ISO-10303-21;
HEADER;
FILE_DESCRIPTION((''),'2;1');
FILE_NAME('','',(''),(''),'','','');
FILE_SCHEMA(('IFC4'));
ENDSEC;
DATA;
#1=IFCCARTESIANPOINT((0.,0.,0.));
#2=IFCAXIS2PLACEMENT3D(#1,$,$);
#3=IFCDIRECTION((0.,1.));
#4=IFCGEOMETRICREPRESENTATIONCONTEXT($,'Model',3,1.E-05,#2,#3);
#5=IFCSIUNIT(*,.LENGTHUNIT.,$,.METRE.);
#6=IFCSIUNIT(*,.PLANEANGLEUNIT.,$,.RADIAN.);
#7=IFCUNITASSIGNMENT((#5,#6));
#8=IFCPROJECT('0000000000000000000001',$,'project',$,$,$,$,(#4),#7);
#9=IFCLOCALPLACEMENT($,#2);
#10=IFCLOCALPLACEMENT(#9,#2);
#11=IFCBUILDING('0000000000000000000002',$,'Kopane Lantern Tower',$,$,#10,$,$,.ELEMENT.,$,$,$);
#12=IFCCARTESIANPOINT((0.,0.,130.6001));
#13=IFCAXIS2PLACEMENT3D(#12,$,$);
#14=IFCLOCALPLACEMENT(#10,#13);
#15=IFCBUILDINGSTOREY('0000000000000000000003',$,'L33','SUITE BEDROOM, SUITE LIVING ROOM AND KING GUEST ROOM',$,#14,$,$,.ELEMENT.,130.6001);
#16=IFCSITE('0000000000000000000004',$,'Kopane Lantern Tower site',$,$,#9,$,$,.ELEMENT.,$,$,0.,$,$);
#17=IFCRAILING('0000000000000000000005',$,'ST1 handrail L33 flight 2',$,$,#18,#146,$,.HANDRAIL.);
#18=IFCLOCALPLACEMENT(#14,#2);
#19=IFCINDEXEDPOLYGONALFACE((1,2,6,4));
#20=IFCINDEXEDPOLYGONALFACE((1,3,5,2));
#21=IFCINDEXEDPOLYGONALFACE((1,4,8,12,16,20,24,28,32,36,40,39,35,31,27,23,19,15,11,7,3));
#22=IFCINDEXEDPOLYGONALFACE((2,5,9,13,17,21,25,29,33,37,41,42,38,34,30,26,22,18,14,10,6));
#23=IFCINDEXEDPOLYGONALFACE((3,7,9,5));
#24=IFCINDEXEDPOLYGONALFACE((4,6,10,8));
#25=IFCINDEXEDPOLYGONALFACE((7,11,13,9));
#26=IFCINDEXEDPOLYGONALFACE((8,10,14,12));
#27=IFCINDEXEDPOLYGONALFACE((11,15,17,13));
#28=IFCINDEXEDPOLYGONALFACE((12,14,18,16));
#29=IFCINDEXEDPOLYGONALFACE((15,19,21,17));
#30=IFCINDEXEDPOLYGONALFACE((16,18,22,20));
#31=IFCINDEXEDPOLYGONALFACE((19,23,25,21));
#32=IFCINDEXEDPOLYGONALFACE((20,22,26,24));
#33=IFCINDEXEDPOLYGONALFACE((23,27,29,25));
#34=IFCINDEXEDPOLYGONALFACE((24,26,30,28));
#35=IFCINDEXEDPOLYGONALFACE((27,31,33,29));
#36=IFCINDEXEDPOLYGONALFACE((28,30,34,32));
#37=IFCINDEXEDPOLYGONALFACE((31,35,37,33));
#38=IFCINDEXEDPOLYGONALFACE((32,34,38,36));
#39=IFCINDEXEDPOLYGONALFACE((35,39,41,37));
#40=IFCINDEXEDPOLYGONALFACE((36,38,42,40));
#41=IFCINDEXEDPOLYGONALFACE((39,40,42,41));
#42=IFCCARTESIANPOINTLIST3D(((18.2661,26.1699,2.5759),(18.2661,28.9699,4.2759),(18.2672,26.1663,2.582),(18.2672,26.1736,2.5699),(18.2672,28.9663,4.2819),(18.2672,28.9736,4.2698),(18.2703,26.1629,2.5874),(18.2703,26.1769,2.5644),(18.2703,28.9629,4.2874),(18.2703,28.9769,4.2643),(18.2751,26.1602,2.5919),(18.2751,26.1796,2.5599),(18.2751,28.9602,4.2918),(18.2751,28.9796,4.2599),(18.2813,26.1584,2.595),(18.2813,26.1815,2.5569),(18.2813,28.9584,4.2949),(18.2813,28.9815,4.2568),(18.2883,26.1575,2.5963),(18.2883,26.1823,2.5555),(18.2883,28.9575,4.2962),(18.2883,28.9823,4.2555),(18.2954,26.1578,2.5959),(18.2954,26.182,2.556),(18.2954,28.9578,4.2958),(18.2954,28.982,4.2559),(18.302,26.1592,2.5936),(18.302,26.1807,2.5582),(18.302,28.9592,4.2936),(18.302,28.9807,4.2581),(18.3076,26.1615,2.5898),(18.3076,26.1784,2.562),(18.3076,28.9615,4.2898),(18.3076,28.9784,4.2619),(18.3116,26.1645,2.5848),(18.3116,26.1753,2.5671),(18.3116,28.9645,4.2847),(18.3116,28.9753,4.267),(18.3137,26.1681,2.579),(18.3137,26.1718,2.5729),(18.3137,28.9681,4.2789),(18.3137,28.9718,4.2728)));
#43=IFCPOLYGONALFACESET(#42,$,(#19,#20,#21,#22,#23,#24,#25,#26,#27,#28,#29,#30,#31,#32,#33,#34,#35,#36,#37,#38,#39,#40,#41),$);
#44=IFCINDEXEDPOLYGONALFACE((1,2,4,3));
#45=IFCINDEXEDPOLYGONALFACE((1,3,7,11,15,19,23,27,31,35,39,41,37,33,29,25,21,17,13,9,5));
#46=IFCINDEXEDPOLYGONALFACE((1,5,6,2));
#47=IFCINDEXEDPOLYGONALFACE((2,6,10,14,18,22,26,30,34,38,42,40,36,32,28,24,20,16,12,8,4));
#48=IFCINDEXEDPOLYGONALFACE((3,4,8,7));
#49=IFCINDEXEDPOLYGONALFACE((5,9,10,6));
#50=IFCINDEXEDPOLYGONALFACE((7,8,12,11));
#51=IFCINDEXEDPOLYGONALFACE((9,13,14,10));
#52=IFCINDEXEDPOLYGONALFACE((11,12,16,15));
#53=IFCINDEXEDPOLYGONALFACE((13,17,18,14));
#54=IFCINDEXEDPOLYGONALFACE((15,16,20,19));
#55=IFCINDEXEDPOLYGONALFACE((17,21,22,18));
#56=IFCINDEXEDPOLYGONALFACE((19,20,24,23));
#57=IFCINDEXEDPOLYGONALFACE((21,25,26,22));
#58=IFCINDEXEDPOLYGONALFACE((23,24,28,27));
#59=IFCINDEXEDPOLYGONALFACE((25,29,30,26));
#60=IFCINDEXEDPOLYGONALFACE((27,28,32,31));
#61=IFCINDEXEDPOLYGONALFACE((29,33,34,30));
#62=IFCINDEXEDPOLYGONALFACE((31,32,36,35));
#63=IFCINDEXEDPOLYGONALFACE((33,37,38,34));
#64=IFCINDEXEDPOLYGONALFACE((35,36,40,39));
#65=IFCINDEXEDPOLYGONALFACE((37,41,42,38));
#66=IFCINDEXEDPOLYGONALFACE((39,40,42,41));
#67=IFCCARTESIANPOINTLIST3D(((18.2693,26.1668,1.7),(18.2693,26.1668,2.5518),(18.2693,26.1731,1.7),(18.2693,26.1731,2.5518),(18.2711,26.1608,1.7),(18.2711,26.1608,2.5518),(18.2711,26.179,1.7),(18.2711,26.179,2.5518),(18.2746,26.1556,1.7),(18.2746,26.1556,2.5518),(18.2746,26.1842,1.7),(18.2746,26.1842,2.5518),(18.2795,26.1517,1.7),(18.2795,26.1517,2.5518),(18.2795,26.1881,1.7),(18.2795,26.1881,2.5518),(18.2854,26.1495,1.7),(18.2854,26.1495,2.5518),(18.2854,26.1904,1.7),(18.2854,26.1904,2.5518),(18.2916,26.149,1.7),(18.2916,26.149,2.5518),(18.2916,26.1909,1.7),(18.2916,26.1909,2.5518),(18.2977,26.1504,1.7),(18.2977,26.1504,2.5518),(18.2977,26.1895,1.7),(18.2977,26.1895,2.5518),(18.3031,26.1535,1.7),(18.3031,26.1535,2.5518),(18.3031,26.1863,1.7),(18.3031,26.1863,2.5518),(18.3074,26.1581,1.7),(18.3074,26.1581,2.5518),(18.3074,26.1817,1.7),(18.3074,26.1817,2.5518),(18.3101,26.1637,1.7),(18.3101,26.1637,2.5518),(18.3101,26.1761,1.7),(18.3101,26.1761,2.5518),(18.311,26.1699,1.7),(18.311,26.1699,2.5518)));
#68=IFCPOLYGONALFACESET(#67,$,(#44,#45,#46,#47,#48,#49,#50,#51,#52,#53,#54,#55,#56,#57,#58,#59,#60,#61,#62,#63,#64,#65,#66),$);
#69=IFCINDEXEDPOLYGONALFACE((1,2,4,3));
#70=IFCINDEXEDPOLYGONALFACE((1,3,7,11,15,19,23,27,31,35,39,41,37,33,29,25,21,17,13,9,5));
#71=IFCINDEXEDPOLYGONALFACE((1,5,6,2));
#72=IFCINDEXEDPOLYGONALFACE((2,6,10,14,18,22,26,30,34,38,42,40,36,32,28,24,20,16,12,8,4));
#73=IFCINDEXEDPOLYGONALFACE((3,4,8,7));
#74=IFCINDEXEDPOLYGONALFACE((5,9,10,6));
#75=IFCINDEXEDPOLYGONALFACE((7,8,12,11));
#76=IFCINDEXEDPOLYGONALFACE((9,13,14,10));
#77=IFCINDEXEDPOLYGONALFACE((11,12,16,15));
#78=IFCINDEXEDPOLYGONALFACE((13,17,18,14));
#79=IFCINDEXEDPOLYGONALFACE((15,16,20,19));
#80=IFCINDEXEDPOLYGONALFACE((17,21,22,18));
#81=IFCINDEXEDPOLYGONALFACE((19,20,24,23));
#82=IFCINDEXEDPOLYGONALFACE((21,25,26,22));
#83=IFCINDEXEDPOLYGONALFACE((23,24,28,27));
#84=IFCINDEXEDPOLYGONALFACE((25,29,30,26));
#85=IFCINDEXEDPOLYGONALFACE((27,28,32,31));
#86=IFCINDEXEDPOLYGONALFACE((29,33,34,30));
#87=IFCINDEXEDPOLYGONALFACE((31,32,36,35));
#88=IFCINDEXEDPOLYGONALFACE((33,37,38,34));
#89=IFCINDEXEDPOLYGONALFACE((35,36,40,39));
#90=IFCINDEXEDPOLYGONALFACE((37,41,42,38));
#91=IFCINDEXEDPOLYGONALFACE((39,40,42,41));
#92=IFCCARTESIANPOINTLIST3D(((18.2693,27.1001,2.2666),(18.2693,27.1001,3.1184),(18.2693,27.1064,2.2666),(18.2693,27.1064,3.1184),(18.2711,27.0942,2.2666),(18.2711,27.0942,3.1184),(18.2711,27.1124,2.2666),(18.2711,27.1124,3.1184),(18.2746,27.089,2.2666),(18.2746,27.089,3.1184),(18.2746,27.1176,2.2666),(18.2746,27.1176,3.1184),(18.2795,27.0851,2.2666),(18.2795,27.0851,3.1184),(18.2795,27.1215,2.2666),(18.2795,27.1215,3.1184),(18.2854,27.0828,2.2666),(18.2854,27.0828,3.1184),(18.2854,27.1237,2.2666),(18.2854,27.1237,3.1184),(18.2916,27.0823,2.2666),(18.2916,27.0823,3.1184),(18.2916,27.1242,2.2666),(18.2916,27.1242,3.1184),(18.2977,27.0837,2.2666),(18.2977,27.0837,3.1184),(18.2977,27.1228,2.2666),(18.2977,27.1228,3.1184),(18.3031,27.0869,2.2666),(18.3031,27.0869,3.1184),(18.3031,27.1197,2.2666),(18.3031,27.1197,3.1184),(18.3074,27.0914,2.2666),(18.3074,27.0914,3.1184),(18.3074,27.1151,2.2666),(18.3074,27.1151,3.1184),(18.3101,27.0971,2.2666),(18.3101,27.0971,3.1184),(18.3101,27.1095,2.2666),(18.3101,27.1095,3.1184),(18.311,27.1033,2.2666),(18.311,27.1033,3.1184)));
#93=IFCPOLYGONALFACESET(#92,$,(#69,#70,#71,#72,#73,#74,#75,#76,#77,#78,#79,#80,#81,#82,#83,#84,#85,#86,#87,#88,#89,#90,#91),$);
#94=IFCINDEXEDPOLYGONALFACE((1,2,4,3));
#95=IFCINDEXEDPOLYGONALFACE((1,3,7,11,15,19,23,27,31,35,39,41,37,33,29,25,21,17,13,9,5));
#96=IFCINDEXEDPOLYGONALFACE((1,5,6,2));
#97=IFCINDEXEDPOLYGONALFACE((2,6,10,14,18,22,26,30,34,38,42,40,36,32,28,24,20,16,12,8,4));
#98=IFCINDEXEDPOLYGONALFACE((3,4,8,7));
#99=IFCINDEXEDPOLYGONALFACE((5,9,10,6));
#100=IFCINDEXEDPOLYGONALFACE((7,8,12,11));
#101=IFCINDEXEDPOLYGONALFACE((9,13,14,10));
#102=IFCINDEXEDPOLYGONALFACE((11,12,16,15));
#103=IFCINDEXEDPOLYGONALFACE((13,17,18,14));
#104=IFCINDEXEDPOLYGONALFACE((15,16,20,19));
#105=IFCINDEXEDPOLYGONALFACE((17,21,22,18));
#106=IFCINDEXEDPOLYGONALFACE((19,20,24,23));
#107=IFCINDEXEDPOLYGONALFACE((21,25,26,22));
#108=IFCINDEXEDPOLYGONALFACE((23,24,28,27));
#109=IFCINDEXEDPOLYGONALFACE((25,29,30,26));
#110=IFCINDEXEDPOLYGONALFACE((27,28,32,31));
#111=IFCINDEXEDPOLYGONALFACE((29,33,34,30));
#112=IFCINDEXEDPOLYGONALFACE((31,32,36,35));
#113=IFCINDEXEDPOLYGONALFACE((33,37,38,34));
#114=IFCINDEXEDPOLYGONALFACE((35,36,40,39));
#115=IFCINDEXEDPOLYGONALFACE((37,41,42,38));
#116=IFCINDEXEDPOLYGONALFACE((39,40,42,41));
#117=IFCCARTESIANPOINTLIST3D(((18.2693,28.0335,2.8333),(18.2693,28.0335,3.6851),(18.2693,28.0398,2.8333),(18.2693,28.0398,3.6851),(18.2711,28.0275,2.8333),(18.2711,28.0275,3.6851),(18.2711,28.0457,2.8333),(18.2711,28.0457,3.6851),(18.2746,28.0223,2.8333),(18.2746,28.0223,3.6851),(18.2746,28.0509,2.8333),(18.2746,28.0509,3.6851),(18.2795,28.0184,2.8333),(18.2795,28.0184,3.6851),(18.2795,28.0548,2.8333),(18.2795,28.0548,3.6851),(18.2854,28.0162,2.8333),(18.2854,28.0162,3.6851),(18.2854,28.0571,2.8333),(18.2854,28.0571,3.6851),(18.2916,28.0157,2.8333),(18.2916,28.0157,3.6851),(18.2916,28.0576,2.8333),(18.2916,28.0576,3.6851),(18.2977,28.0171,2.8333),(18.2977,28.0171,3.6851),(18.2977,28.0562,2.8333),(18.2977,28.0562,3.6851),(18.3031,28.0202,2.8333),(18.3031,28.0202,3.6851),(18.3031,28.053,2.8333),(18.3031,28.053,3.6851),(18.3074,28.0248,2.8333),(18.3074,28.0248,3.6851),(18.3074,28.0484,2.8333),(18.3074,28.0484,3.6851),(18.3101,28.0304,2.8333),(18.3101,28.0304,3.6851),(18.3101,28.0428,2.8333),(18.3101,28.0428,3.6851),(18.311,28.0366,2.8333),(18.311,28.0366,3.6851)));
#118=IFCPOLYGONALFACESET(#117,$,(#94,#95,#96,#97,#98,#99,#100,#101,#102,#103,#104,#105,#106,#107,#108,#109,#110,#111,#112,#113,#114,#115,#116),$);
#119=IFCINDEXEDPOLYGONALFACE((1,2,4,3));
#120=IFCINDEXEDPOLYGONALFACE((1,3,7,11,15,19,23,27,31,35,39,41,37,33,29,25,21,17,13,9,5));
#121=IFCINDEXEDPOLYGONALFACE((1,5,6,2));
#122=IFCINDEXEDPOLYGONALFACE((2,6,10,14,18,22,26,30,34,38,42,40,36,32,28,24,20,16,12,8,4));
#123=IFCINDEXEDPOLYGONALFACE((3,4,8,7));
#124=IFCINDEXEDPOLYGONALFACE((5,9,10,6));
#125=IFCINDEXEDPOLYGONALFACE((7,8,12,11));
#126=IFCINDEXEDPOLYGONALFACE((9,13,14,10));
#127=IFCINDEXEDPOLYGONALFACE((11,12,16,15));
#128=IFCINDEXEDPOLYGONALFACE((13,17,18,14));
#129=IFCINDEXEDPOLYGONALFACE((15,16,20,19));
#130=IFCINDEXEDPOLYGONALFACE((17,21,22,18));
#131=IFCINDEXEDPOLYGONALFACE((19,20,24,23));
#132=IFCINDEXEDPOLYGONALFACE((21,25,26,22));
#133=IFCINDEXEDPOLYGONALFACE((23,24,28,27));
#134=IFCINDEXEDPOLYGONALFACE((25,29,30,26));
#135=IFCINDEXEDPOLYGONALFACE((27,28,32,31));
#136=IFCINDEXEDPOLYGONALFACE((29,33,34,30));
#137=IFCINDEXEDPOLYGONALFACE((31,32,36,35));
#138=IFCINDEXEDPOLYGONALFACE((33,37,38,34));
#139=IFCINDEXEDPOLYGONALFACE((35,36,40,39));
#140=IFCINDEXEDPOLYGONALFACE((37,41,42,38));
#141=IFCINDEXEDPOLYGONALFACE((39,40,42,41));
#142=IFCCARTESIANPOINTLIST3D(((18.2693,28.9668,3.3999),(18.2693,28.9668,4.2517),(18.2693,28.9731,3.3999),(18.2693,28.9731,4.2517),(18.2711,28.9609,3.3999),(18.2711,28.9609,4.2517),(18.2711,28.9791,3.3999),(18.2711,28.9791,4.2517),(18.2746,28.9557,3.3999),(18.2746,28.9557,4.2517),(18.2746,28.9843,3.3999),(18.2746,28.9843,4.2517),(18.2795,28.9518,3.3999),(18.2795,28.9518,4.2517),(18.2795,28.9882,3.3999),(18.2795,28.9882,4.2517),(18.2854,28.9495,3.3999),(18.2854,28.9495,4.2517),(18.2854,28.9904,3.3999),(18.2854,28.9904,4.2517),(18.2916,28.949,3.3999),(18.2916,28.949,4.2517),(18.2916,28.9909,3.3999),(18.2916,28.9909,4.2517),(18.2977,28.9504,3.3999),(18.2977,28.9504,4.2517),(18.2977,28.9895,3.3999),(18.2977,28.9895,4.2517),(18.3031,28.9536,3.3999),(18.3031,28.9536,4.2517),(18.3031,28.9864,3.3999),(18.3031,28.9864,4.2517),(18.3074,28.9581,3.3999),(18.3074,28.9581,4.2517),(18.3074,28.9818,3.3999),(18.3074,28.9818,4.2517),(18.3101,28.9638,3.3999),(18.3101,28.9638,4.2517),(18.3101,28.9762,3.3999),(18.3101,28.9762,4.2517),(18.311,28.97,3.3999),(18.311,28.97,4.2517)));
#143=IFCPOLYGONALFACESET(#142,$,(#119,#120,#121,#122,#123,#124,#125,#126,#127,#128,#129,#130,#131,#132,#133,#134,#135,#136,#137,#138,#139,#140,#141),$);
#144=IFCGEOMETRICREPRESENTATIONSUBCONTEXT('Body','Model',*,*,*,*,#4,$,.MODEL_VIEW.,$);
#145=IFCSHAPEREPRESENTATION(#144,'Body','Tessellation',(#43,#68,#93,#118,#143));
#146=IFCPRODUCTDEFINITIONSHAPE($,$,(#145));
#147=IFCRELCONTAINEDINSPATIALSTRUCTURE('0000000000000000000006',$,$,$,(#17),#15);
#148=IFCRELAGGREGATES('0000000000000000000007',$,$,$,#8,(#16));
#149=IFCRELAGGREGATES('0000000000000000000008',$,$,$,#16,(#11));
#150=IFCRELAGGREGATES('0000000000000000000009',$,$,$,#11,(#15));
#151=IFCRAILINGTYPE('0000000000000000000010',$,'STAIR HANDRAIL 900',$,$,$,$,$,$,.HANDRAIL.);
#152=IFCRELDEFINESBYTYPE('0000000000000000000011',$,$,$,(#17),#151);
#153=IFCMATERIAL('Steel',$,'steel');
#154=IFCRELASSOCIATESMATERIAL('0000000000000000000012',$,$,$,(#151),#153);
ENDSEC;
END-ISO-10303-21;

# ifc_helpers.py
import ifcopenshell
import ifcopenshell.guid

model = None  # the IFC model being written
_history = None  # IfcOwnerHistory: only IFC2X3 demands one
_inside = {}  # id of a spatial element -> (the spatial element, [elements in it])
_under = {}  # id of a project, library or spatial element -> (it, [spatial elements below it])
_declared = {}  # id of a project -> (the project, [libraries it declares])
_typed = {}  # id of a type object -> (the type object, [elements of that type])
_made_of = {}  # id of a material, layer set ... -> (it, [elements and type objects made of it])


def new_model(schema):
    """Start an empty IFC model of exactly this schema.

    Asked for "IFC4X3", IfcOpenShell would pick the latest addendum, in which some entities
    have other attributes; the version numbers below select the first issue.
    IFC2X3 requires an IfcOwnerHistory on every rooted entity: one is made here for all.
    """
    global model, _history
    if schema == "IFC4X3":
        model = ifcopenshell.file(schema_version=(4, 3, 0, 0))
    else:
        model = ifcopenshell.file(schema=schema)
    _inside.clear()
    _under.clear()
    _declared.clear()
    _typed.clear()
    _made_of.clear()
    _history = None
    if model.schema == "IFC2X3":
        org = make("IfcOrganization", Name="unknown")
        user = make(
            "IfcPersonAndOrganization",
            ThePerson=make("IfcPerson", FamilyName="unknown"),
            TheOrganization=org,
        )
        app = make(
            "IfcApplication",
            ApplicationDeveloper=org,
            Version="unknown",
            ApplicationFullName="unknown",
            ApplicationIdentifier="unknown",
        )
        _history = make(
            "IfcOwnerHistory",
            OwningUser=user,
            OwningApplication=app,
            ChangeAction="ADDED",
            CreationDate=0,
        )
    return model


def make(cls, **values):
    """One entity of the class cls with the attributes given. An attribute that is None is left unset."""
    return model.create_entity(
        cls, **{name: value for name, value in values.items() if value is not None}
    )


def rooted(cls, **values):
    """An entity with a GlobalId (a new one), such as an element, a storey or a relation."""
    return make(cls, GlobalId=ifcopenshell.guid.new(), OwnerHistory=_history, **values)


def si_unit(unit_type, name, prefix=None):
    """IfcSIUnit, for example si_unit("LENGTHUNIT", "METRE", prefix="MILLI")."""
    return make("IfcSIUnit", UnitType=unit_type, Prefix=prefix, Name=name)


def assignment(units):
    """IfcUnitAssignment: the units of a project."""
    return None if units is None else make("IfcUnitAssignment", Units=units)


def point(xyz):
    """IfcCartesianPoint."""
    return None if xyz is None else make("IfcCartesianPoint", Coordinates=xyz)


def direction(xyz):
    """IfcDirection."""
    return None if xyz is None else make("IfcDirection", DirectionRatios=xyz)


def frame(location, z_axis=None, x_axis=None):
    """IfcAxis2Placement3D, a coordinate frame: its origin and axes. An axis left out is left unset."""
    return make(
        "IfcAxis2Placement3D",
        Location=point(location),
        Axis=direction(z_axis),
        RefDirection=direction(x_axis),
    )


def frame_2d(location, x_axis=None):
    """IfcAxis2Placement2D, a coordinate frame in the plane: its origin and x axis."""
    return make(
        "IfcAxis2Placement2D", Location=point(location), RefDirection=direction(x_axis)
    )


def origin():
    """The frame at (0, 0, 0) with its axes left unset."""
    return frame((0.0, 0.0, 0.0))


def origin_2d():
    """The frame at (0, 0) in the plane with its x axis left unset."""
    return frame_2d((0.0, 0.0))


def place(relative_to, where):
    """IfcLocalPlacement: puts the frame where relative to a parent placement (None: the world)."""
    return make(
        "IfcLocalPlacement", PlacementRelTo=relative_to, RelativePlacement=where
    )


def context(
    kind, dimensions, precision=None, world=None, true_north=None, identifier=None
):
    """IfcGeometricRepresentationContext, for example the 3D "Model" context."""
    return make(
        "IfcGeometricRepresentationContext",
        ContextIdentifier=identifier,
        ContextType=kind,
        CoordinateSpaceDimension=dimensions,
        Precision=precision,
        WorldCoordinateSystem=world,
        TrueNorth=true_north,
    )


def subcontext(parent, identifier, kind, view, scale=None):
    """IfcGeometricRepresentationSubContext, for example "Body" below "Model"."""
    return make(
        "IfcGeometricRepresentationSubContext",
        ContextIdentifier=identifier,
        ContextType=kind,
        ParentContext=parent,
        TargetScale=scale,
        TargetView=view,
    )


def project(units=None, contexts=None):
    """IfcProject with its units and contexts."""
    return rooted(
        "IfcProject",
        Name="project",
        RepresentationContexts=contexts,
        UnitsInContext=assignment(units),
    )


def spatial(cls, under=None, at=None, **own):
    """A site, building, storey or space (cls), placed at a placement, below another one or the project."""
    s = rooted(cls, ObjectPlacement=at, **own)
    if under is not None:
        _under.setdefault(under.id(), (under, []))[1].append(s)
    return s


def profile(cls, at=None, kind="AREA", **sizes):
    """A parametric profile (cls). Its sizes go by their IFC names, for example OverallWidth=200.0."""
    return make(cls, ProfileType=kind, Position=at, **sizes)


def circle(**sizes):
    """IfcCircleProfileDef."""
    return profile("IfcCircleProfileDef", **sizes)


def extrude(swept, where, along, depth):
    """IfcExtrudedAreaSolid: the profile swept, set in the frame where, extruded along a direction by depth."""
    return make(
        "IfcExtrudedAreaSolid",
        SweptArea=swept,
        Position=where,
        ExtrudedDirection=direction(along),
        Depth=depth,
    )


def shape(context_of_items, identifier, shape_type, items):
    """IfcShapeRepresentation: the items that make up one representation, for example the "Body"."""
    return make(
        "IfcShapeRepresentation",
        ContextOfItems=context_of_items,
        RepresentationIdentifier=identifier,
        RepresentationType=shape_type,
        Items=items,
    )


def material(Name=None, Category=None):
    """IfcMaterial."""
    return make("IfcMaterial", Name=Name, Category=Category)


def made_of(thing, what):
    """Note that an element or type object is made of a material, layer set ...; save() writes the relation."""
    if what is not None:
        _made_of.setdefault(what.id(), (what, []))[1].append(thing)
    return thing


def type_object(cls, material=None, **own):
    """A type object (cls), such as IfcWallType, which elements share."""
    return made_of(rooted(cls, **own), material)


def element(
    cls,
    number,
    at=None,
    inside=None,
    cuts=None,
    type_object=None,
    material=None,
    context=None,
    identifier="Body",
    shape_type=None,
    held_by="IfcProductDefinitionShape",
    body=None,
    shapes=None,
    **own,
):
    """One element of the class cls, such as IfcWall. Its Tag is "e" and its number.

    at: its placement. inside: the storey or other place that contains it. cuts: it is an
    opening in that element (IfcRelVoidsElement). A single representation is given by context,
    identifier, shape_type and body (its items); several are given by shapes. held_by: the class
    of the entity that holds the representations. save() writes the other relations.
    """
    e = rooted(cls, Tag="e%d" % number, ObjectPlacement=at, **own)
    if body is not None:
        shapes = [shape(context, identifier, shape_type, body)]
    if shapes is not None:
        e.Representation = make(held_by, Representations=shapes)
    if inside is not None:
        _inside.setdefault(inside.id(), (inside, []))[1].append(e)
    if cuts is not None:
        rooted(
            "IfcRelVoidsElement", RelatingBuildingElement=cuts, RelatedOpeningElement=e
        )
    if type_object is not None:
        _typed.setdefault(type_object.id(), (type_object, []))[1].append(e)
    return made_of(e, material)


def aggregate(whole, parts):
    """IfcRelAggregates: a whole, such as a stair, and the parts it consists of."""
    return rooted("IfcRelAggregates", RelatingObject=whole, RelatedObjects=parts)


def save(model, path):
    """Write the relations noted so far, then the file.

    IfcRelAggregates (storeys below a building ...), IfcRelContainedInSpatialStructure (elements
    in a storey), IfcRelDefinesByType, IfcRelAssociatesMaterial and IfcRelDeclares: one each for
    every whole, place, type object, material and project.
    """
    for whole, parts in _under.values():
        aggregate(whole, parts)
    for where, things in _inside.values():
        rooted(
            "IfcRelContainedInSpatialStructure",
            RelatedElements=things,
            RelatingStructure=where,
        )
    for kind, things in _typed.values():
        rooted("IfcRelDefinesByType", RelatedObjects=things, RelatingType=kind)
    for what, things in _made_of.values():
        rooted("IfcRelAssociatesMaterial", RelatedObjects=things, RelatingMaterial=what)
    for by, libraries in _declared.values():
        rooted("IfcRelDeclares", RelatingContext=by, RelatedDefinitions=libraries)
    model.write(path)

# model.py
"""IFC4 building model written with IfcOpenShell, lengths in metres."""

from ifc_helpers import new_model, si_unit, direction, frame, origin, origin_2d, place, context, subcontext, project, spatial, circle, extrude, material, type_object, element, save


model = new_model("IFC4")

# Units and contexts
model_context = context("Model", 3, precision=1e-05, world=origin(), true_north=direction((0.0, 1.0)))
body_context = subcontext(model_context, "Body", "Model", "MODEL_VIEW")
ifc_project = project(units=[si_unit("LENGTHUNIT", "METRE"), si_unit("PLANEANGLEUNIT", "RADIAN")], contexts=[model_context])

# Site, building, storey
site_placement = place(None, origin())
site = spatial("IfcSite", under=ifc_project, at=site_placement, Name="Kopane Lantern Tower site", CompositionType="ELEMENT", RefElevation=0.0)
building_placement = place(site_placement, origin())
building = spatial("IfcBuilding", under=site, at=building_placement, Name="Kopane Lantern Tower", CompositionType="ELEMENT")
storey_placement = place(building_placement, frame((0.0, 0.0, 130.6001)))
storey = spatial("IfcBuildingStorey", under=building, at=storey_placement, Name="L33", Description="SUITE BEDROOM, SUITE LIVING ROOM AND KING GUEST ROOM", CompositionType="ELEMENT", Elevation=130.6001)

# Railing
ifc_material_1 = material(Name="Steel", Category="steel")
railing_type_1 = type_object("IfcRailingType", Name="STAIR HANDRAIL 900", PredefinedType="HANDRAIL", material=ifc_material_1)
for number, where, name in (
    (1, (18.29, 26.1699, 1.7), "ST1 handrail L33 flight 2"),
):
    element("IfcRailing", number, at=place(storey_placement, frame(where)), inside=storey, type_object=railing_type_1, Name=name, PredefinedType="HANDRAIL", context=body_context, shape_type="SweptSolid", body=[
        extrude(circle(Radius=0.0239, at=origin_2d()), frame((0.0, 0.0, 0.876), z_axis=(0.0, 0.854798, 0.518961), x_axis=(-1.0, 0.0, 0.0)), (0.0, 0.0, 1.0), 3.2756),
        extrude(circle(Radius=0.021, at=origin_2d()), origin(), (0.0, 0.0, 1.0), 0.8518),
        extrude(circle(Radius=0.021, at=origin_2d()), frame((0.0, 0.9333, 0.5667)), (0.0, 0.0, 1.0), 0.8518),
        extrude(circle(Radius=0.021, at=origin_2d()), frame((0.0, 1.8667, 1.1333)), (0.0, 0.0, 1.0), 0.8518),
        extrude(circle(Radius=0.021, at=origin_2d()), frame((0.0, 2.8, 1.7)), (0.0, 0.0, 1.0), 0.8518),
    ])

save(model, "model.ifc")
